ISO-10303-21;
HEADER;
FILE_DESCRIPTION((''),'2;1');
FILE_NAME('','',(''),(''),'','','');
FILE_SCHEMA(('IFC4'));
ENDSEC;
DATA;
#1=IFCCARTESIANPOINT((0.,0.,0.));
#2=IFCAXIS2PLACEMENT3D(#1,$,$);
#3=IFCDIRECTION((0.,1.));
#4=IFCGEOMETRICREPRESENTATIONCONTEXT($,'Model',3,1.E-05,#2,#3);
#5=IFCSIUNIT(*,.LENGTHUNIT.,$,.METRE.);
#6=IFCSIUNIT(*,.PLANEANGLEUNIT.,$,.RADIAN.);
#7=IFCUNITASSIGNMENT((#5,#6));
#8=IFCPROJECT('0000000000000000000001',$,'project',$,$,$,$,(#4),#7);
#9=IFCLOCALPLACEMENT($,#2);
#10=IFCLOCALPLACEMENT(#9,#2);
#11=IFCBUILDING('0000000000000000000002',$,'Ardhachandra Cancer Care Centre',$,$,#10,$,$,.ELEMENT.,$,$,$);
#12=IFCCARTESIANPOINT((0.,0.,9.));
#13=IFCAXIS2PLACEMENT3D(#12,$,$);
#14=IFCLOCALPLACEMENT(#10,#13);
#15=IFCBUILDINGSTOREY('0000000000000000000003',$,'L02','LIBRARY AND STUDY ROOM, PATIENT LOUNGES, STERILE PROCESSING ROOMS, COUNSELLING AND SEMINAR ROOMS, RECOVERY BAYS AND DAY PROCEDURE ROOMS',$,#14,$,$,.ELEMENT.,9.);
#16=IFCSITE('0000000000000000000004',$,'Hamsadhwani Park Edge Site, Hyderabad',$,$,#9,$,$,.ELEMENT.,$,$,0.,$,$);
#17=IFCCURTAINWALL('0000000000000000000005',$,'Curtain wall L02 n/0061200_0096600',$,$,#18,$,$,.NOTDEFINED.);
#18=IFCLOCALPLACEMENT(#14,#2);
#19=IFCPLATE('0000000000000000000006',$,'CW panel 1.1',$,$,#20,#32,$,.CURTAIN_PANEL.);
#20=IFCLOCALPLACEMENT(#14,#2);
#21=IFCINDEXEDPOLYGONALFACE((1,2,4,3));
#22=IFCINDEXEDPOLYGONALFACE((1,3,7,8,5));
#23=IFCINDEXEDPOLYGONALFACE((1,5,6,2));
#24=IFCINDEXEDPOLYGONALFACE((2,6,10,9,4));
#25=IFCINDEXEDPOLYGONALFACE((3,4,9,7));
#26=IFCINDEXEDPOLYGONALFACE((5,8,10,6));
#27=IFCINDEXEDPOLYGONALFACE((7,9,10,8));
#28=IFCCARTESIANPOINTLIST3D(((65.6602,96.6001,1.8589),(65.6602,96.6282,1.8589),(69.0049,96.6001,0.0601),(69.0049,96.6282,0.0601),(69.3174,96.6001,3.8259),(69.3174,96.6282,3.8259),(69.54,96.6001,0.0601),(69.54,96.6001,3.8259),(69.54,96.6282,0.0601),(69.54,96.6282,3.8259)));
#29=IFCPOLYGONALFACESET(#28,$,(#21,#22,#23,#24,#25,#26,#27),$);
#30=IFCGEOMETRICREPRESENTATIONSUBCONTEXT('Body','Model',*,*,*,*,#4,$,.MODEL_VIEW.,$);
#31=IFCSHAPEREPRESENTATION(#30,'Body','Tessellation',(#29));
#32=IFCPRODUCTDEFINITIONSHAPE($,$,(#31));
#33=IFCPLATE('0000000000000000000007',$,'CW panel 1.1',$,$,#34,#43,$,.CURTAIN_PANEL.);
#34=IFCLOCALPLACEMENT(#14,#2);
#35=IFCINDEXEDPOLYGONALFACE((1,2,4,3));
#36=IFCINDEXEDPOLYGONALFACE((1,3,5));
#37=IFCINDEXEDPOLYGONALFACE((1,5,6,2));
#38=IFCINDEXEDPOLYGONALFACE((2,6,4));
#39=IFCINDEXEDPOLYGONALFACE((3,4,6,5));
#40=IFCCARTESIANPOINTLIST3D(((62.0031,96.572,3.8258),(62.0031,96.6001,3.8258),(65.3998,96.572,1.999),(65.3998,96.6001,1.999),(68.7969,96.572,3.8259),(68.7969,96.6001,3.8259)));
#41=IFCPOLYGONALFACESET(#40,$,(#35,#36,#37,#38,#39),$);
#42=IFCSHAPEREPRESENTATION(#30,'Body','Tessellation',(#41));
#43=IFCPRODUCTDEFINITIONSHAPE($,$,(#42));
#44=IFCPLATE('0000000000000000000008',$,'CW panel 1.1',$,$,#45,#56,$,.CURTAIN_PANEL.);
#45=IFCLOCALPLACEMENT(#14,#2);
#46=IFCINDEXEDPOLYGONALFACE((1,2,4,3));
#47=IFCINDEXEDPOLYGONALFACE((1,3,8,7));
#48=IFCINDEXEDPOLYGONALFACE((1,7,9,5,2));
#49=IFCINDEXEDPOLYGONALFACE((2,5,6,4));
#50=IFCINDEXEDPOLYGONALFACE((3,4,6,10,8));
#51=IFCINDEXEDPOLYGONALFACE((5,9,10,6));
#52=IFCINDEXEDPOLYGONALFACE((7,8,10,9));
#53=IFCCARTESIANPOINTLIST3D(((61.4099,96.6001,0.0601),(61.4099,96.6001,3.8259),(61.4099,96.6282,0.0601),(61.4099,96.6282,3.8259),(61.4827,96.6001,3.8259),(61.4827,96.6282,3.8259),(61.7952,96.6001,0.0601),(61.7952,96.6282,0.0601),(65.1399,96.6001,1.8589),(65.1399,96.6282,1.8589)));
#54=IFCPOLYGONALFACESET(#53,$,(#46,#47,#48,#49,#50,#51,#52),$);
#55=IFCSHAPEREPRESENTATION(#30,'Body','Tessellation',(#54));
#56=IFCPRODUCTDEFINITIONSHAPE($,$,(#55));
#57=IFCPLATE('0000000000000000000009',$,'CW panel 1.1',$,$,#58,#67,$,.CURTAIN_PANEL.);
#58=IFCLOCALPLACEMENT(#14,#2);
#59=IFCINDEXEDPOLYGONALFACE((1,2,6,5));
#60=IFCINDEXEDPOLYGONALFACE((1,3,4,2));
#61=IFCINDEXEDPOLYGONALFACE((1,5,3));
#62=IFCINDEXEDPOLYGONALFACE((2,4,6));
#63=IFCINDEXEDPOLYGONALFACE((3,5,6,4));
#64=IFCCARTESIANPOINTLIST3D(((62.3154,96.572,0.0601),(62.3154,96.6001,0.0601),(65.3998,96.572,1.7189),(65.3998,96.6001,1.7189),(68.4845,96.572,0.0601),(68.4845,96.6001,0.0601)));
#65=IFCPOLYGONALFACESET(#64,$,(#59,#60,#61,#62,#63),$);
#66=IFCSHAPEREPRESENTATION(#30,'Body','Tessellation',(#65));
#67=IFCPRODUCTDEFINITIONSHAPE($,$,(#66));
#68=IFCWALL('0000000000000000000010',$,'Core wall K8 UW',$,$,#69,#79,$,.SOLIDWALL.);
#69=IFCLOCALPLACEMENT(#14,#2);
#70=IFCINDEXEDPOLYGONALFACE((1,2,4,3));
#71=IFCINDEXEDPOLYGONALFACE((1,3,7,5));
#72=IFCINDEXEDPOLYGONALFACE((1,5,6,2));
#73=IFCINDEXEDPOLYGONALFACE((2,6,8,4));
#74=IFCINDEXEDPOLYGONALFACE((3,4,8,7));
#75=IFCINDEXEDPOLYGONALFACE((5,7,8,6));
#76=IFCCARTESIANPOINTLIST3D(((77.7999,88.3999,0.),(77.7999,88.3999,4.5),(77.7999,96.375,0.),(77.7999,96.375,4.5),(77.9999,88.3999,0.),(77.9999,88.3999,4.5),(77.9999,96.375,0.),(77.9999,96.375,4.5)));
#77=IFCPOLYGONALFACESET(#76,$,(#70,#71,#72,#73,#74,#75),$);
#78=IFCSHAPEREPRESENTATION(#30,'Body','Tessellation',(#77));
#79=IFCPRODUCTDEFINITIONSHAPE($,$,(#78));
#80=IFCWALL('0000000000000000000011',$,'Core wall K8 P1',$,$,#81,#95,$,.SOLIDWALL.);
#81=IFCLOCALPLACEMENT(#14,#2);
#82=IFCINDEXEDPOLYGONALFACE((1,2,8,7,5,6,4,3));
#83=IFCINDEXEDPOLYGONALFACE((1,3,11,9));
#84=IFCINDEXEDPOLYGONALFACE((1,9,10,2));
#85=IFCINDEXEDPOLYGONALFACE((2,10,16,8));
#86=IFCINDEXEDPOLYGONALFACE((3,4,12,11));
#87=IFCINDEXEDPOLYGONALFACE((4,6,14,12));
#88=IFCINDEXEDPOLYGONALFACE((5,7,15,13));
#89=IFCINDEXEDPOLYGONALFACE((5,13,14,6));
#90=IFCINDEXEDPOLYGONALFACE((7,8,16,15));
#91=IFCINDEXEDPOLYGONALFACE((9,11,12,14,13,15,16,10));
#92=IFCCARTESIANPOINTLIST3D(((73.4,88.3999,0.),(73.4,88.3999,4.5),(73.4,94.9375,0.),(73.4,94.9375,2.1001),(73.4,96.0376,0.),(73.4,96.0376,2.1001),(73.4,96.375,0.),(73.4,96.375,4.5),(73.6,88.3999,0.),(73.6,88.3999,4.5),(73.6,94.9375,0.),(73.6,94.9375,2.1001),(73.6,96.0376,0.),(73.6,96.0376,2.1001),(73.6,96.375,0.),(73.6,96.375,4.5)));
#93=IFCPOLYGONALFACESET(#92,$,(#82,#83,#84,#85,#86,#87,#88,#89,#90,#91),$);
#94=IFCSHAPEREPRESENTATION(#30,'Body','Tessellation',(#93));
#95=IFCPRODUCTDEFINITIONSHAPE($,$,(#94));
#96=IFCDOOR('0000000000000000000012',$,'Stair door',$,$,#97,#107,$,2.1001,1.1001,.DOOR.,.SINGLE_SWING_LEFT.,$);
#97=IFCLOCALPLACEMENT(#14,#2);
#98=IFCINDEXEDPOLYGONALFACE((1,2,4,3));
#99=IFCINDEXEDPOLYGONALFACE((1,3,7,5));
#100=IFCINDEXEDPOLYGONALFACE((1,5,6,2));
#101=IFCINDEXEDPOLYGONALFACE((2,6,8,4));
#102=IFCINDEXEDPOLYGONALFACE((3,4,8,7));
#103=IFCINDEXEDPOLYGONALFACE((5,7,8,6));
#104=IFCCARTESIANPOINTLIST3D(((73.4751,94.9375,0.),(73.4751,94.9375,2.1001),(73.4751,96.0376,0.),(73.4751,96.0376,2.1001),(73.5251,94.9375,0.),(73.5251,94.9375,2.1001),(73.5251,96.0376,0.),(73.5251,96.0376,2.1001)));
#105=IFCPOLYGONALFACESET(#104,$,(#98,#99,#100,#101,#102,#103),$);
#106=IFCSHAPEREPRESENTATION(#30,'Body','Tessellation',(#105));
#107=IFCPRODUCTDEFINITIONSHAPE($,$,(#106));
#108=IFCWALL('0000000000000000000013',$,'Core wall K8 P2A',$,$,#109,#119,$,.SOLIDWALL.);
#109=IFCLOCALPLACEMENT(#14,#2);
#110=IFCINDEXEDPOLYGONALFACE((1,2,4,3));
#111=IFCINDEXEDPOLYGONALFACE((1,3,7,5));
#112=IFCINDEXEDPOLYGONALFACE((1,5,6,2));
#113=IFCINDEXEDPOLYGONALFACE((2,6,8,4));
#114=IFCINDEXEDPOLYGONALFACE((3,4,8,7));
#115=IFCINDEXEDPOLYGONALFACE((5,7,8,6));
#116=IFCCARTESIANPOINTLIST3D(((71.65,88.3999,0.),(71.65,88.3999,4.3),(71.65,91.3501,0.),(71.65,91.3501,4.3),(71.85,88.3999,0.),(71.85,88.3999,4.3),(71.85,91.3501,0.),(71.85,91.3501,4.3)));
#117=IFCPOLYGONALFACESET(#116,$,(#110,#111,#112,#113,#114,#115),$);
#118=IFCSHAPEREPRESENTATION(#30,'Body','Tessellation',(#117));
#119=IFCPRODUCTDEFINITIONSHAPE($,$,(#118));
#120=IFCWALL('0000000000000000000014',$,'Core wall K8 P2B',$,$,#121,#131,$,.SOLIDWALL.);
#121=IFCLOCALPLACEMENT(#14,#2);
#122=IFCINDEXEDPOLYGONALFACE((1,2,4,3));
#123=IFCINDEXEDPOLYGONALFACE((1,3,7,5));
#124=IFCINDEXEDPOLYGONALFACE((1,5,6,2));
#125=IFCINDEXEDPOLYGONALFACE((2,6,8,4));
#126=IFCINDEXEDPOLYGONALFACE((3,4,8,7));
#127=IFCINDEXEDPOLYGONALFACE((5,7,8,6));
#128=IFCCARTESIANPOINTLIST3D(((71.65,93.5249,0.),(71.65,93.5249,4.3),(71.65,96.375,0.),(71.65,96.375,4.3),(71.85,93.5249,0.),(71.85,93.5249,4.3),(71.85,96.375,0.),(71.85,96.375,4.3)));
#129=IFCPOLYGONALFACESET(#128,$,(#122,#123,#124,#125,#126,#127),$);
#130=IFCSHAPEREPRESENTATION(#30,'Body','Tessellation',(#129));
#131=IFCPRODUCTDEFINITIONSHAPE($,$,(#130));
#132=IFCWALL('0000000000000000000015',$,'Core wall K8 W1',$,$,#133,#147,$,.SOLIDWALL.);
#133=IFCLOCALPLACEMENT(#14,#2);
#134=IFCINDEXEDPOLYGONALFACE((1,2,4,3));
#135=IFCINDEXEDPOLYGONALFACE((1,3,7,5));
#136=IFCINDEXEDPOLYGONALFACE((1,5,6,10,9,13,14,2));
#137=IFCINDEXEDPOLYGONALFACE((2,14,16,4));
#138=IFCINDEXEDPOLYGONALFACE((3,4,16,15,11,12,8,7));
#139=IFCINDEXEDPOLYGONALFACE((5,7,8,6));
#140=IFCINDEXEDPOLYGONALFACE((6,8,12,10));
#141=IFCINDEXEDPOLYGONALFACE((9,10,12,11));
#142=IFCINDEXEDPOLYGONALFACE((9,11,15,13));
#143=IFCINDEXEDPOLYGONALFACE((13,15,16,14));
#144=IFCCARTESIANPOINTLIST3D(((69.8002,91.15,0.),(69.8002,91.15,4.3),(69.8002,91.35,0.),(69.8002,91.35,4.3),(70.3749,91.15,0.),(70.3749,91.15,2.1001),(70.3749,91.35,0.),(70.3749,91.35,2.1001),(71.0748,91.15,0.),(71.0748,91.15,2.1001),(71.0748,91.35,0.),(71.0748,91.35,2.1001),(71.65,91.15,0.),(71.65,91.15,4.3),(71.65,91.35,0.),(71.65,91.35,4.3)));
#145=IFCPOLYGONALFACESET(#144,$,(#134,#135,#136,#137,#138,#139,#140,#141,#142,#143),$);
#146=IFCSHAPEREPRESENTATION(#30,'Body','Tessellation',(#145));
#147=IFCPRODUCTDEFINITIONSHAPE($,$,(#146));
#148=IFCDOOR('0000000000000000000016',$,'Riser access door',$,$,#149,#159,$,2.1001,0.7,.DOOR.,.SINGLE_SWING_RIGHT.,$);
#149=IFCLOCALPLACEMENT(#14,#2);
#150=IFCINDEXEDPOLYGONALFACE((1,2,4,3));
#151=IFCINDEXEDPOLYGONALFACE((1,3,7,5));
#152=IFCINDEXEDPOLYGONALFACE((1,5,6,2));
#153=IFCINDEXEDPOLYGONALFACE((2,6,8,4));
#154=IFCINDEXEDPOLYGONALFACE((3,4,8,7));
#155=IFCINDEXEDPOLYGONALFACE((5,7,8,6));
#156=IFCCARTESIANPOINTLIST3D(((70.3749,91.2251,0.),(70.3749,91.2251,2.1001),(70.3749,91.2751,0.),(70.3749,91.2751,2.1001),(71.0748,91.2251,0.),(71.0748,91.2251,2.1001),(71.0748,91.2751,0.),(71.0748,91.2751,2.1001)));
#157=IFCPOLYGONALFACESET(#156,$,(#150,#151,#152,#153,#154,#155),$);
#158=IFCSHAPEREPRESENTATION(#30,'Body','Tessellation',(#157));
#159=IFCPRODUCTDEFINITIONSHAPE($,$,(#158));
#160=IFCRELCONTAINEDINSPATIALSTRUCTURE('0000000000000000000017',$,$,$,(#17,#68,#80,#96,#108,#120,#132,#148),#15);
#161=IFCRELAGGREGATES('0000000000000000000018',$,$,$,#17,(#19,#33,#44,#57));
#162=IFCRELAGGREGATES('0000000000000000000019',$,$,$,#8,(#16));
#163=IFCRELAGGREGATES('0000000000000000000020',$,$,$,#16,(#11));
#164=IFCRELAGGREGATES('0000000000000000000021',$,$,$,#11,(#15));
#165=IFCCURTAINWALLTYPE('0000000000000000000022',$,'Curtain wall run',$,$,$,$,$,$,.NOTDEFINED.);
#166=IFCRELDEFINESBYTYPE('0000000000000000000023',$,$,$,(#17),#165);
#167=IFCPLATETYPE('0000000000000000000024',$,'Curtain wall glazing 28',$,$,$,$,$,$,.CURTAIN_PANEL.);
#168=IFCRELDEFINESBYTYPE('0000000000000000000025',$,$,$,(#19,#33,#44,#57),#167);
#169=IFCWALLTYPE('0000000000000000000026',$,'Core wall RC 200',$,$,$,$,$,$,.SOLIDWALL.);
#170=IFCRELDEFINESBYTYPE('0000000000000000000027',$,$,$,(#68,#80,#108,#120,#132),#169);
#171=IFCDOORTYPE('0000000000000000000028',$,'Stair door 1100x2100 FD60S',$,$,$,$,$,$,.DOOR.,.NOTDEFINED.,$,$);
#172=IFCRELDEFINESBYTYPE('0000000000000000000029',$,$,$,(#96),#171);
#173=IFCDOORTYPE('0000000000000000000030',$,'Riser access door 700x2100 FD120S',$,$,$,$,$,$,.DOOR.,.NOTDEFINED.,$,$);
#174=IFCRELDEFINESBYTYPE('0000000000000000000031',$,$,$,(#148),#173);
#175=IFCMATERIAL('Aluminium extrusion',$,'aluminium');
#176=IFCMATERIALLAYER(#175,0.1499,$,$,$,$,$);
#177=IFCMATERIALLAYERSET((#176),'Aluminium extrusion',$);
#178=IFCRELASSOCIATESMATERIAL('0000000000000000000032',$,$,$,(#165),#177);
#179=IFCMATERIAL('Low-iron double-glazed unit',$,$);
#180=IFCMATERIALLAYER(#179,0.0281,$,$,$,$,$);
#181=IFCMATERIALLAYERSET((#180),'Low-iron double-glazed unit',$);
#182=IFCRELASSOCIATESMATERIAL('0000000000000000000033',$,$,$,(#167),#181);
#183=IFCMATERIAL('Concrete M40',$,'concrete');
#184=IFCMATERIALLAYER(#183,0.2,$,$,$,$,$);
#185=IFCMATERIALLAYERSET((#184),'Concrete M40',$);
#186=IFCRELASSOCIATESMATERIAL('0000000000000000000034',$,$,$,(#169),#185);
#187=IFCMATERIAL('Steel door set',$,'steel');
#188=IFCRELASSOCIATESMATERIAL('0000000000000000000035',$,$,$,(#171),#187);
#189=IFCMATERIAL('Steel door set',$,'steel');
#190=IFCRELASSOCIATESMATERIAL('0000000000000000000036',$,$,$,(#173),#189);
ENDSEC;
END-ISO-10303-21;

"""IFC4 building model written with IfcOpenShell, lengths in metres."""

from ifc_helpers import new_model, si_unit, direction, frame, frame_2d, origin, place, context, subcontext, project, spatial, polyline, rectangle, outline, extrude, material, layer, layer_set, type_object, element, fill, aggregate, save


model = new_model("IFC4")

# Units and contexts
model_context = context("Model", 3, precision=1e-05, world=origin(), true_north=direction((0.0, 1.0)))
body_context = subcontext(model_context, "Body", "Model", "MODEL_VIEW")
ifc_project = project(units=[si_unit("LENGTHUNIT", "METRE"), si_unit("PLANEANGLEUNIT", "RADIAN")], contexts=[model_context])

# Site, building, storey
site_placement = place(None, origin())
site = spatial("IfcSite", under=ifc_project, at=site_placement, Name="Hamsadhwani Park Edge Site, Hyderabad", CompositionType="ELEMENT", RefElevation=0.0)
building_placement = place(site_placement, origin())
building = spatial("IfcBuilding", under=site, at=building_placement, Name="Ardhachandra Cancer Care Centre", CompositionType="ELEMENT")
storey_placement = place(building_placement, frame((0.0, 0.0, 9.0)))
storey = spatial("IfcBuildingStorey", under=building, at=storey_placement, Name="L02", Description="LIBRARY AND STUDY ROOM, PATIENT LOUNGES, STERILE PROCESSING ROOMS, COUNSELLING AND SEMINAR ROOMS, RECOVERY BAYS AND DAY PROCEDURE ROOMS", CompositionType="ELEMENT", Elevation=9.0)

# Curtain wall, plates
ifc_material_1 = material(Name="Aluminium extrusion", Category="aluminium")
ifc_layer_1 = layer(ifc_material_1, 0.1499)
ifc_layer_set_1 = layer_set([ifc_layer_1], Name="Aluminium extrusion")
curtain_wall_type = type_object("IfcCurtainWallType", Name="Curtain wall run", PredefinedType="NOTDEFINED", material=ifc_layer_set_1)
curtain_wall_placement = place(storey_placement, origin())
curtain_wall = element("IfcCurtainWall", 1, at=curtain_wall_placement, inside=storey, type_object=curtain_wall_type, Name="Curtain wall L02 n/0061200_0096600", PredefinedType="NOTDEFINED")
ifc_material_2 = material(Name="Low-iron double-glazed unit")
ifc_layer_2 = layer(ifc_material_2, 0.0281)
ifc_layer_set_2 = layer_set([ifc_layer_2], Name="Low-iron double-glazed unit")
plate_type = type_object("IfcPlateType", Name="Curtain wall glazing 28", PredefinedType="CURTAIN_PANEL", material=ifc_layer_set_2)
plate_1_placement = place(storey_placement, frame((69.54, 96.6001, 3.8259), z_axis=(0.0, 1.0, 0.0), x_axis=(0.0, 0.0, -1.0)))
plate_1 = element("IfcPlate", 2, at=plate_1_placement, type_object=plate_type, Name="CW panel 1.1", PredefinedType="CURTAIN_PANEL", context=body_context, shape_type="SweptSolid", body=[
    extrude(outline(polyline([(0.0, 0.0), (3.7659, 0.0), (3.7659, 0.5352), (1.967, 3.8799), (0.0, 0.2227), (0.0, 0.0)])), origin(), (0.0, 0.0, 1.0), 0.0281),
])
plate_2_placement = place(storey_placement, frame((68.7969, 96.6001, 3.8259), z_axis=(0.0, 1.0, 0.0), x_axis=(-0.880713, 0.0, -0.473651)))
plate_2 = element("IfcPlate", 3, at=plate_2_placement, type_object=plate_type, Name="CW panel 1.1", PredefinedType="CURTAIN_PANEL", context=body_context, shape_type="SweptSolid", body=[
    extrude(outline(polyline([(0.0, 0.0), (3.8572, 0.0), (5.9834, 3.2178), (0.0, 0.0)])), frame((0.0, 0.0, -0.0281)), (0.0, 0.0, 1.0), 0.0281),
])
plate_3_placement = place(storey_placement, frame((61.4099, 96.6001, 0.0601), z_axis=(0.0, 1.0, 0.0), x_axis=(0.0, 0.0, 1.0)))
plate_3 = element("IfcPlate", 4, at=plate_3_placement, type_object=plate_type, Name="CW panel 1.1", PredefinedType="CURTAIN_PANEL", context=body_context, shape_type="SweptSolid", body=[
    extrude(outline(polyline([(0.0, 0.0), (3.7659, 0.0), (3.7659, 0.0728), (1.7988, 3.73), (0.0, 0.3853), (0.0, 0.0)])), origin(), (0.0, 0.0, 1.0), 0.0281),
])
plate_4_placement = place(storey_placement, frame((62.3154, 96.6001, 0.0601), z_axis=(0.0, 1.0, 0.0), x_axis=(0.880702, 0.0, 0.473672)))
plate_4 = element("IfcPlate", 5, at=plate_4_placement, type_object=plate_type, Name="CW panel 1.1", PredefinedType="CURTAIN_PANEL", context=body_context, shape_type="SweptSolid", body=[
    extrude(outline(polyline([(0.0, 0.0), (3.5022, 0.0), (5.4331, 2.9221), (0.0, 0.0)])), frame((0.0, 0.0, -0.0281)), (0.0, 0.0, 1.0), 0.0281),
])
aggregate(curtain_wall, [plate_1, plate_2, plate_3, plate_4])

# Wall
ifc_material_3 = material(Name="Concrete M40", Category="concrete")
ifc_layer_3 = layer(ifc_material_3, 0.2)
ifc_layer_set_3 = layer_set([ifc_layer_3], Name="Concrete M40")
wall_type = type_object("IfcWallType", Name="Core wall RC 200", PredefinedType="SOLIDWALL", material=ifc_layer_set_3)
wall_1_placement = place(storey_placement, frame((77.8999, 88.3999, 0.0), z_axis=(0.0, 0.0, 1.0), x_axis=(0.0, 1.0, 0.0)))
element("IfcWall", 6, at=wall_1_placement, inside=storey, type_object=wall_type, Name="Core wall K8 UW", PredefinedType="SOLIDWALL", context=body_context, shape_type="SweptSolid", body=[
    extrude(rectangle(XDim=7.9751, YDim=0.2, at=frame_2d((3.9875, 0.0))), origin(), (0.0, 0.0, 1.0), 4.5),
])

# Wall, opening, door
wall_2_placement = place(storey_placement, frame((73.5, 88.3999, 0.0), z_axis=(0.0, 0.0, 1.0), x_axis=(0.0, 1.0, 0.0)))
wall_2 = element("IfcWall", 7, at=wall_2_placement, inside=storey, type_object=wall_type, Name="Core wall K8 P1", PredefinedType="SOLIDWALL", context=body_context, shape_type="SweptSolid", body=[
    extrude(rectangle(XDim=7.9751, YDim=0.2, at=frame_2d((3.9875, 0.0))), origin(), (0.0, 0.0, 1.0), 4.5),
])
opening_1_placement = place(wall_2_placement, frame((6.5376, 0.0, 0.0)))
opening_1 = element("IfcOpeningElement", 8, at=opening_1_placement, cuts=wall_2, PredefinedType="OPENING", context=body_context, shape_type="SweptSolid", body=[
    extrude(rectangle(XDim=1.1001, YDim=2.1001, at=frame_2d((0.55, 1.05))), frame((0.0, 0.1099, 0.0), z_axis=(0.0, -1.0, 0.0), x_axis=(1.0, 0.0, 0.0)), (0.0, 0.0, 1.0), 0.22),
])
ifc_material_4 = material(Name="Steel door set", Category="steel")
door_type_1 = type_object("IfcDoorType", Name="Stair door 1100x2100 FD60S", OperationType="NOTDEFINED", PredefinedType="DOOR", material=ifc_material_4)
door_1_placement = place(opening_1_placement, origin())
door_1 = element("IfcDoor", 9, at=door_1_placement, inside=storey, type_object=door_type_1, Name="Stair door", OperationType="SINGLE_SWING_LEFT", OverallHeight=2.1001, OverallWidth=1.1001, PredefinedType="DOOR", context=body_context, shape_type="SweptSolid", body=[
    extrude(rectangle(XDim=1.1001, YDim=2.1001, at=frame_2d((0.55, 1.05))), frame((0.0, 0.0249, 0.0), z_axis=(0.0, -1.0, 0.0), x_axis=(1.0, 0.0, 0.0)), (0.0, 0.0, 1.0), 0.05),
])
fill(opening_1, door_1)

# Walls
wall_3_placement = place(storey_placement, frame((71.75, 88.3999, 0.0), z_axis=(0.0, 0.0, 1.0), x_axis=(0.0, 1.0, 0.0)))
element("IfcWall", 10, at=wall_3_placement, inside=storey, type_object=wall_type, Name="Core wall K8 P2A", PredefinedType="SOLIDWALL", context=body_context, shape_type="SweptSolid", body=[
    extrude(rectangle(XDim=2.9502, YDim=0.2, at=frame_2d((1.4751, 0.0))), origin(), (0.0, 0.0, 1.0), 4.3),
])
wall_4_placement = place(storey_placement, frame((71.75, 93.5249, 0.0), z_axis=(0.0, 0.0, 1.0), x_axis=(0.0, 1.0, 0.0)))
element("IfcWall", 11, at=wall_4_placement, inside=storey, type_object=wall_type, Name="Core wall K8 P2B", PredefinedType="SOLIDWALL", context=body_context, shape_type="SweptSolid", body=[
    extrude(rectangle(XDim=2.8501, YDim=0.2, at=frame_2d((1.425, 0.0))), origin(), (0.0, 0.0, 1.0), 4.3),
])

# Wall, opening, door
wall_5_placement = place(storey_placement, frame((71.6499, 91.25, 0.0), z_axis=(0.0, 0.0, 1.0), x_axis=(-1.0, 0.0, 0.0)))
wall_5 = element("IfcWall", 12, at=wall_5_placement, inside=storey, type_object=wall_type, Name="Core wall K8 W1", PredefinedType="SOLIDWALL", context=body_context, shape_type="SweptSolid", body=[
    extrude(rectangle(XDim=1.8499, YDim=0.2, at=frame_2d((0.9248, 0.0))), origin(), (0.0, 0.0, 1.0), 4.3),
])
opening_2_placement = place(wall_5_placement, frame((0.575, 0.0, 0.0)))
opening_2 = element("IfcOpeningElement", 13, at=opening_2_placement, cuts=wall_5, PredefinedType="OPENING", context=body_context, shape_type="SweptSolid", body=[
    extrude(rectangle(XDim=0.7, YDim=2.1001, at=frame_2d((0.3501, 1.05))), frame((0.0, 0.1099, 0.0), z_axis=(0.0, -1.0, 0.0), x_axis=(1.0, 0.0, 0.0)), (0.0, 0.0, 1.0), 0.22),
])
ifc_material_5 = material(Name="Steel door set", Category="steel")
door_type_2 = type_object("IfcDoorType", Name="Riser access door 700x2100 FD120S", OperationType="NOTDEFINED", PredefinedType="DOOR", material=ifc_material_5)
door_2_placement = place(opening_2_placement, origin())
door_2 = element("IfcDoor", 14, at=door_2_placement, inside=storey, type_object=door_type_2, Name="Riser access door", OperationType="SINGLE_SWING_RIGHT", OverallHeight=2.1001, OverallWidth=0.7, PredefinedType="DOOR", context=body_context, shape_type="SweptSolid", body=[
    extrude(rectangle(XDim=0.7, YDim=2.1001, at=frame_2d((0.3501, 1.05))), frame((0.0, 0.0249, 0.0), z_axis=(0.0, -1.0, 0.0), x_axis=(1.0, 0.0, 0.0)), (0.0, 0.0, 1.0), 0.05),
])
fill(opening_2, door_2)

save(model, "model.ifc")
